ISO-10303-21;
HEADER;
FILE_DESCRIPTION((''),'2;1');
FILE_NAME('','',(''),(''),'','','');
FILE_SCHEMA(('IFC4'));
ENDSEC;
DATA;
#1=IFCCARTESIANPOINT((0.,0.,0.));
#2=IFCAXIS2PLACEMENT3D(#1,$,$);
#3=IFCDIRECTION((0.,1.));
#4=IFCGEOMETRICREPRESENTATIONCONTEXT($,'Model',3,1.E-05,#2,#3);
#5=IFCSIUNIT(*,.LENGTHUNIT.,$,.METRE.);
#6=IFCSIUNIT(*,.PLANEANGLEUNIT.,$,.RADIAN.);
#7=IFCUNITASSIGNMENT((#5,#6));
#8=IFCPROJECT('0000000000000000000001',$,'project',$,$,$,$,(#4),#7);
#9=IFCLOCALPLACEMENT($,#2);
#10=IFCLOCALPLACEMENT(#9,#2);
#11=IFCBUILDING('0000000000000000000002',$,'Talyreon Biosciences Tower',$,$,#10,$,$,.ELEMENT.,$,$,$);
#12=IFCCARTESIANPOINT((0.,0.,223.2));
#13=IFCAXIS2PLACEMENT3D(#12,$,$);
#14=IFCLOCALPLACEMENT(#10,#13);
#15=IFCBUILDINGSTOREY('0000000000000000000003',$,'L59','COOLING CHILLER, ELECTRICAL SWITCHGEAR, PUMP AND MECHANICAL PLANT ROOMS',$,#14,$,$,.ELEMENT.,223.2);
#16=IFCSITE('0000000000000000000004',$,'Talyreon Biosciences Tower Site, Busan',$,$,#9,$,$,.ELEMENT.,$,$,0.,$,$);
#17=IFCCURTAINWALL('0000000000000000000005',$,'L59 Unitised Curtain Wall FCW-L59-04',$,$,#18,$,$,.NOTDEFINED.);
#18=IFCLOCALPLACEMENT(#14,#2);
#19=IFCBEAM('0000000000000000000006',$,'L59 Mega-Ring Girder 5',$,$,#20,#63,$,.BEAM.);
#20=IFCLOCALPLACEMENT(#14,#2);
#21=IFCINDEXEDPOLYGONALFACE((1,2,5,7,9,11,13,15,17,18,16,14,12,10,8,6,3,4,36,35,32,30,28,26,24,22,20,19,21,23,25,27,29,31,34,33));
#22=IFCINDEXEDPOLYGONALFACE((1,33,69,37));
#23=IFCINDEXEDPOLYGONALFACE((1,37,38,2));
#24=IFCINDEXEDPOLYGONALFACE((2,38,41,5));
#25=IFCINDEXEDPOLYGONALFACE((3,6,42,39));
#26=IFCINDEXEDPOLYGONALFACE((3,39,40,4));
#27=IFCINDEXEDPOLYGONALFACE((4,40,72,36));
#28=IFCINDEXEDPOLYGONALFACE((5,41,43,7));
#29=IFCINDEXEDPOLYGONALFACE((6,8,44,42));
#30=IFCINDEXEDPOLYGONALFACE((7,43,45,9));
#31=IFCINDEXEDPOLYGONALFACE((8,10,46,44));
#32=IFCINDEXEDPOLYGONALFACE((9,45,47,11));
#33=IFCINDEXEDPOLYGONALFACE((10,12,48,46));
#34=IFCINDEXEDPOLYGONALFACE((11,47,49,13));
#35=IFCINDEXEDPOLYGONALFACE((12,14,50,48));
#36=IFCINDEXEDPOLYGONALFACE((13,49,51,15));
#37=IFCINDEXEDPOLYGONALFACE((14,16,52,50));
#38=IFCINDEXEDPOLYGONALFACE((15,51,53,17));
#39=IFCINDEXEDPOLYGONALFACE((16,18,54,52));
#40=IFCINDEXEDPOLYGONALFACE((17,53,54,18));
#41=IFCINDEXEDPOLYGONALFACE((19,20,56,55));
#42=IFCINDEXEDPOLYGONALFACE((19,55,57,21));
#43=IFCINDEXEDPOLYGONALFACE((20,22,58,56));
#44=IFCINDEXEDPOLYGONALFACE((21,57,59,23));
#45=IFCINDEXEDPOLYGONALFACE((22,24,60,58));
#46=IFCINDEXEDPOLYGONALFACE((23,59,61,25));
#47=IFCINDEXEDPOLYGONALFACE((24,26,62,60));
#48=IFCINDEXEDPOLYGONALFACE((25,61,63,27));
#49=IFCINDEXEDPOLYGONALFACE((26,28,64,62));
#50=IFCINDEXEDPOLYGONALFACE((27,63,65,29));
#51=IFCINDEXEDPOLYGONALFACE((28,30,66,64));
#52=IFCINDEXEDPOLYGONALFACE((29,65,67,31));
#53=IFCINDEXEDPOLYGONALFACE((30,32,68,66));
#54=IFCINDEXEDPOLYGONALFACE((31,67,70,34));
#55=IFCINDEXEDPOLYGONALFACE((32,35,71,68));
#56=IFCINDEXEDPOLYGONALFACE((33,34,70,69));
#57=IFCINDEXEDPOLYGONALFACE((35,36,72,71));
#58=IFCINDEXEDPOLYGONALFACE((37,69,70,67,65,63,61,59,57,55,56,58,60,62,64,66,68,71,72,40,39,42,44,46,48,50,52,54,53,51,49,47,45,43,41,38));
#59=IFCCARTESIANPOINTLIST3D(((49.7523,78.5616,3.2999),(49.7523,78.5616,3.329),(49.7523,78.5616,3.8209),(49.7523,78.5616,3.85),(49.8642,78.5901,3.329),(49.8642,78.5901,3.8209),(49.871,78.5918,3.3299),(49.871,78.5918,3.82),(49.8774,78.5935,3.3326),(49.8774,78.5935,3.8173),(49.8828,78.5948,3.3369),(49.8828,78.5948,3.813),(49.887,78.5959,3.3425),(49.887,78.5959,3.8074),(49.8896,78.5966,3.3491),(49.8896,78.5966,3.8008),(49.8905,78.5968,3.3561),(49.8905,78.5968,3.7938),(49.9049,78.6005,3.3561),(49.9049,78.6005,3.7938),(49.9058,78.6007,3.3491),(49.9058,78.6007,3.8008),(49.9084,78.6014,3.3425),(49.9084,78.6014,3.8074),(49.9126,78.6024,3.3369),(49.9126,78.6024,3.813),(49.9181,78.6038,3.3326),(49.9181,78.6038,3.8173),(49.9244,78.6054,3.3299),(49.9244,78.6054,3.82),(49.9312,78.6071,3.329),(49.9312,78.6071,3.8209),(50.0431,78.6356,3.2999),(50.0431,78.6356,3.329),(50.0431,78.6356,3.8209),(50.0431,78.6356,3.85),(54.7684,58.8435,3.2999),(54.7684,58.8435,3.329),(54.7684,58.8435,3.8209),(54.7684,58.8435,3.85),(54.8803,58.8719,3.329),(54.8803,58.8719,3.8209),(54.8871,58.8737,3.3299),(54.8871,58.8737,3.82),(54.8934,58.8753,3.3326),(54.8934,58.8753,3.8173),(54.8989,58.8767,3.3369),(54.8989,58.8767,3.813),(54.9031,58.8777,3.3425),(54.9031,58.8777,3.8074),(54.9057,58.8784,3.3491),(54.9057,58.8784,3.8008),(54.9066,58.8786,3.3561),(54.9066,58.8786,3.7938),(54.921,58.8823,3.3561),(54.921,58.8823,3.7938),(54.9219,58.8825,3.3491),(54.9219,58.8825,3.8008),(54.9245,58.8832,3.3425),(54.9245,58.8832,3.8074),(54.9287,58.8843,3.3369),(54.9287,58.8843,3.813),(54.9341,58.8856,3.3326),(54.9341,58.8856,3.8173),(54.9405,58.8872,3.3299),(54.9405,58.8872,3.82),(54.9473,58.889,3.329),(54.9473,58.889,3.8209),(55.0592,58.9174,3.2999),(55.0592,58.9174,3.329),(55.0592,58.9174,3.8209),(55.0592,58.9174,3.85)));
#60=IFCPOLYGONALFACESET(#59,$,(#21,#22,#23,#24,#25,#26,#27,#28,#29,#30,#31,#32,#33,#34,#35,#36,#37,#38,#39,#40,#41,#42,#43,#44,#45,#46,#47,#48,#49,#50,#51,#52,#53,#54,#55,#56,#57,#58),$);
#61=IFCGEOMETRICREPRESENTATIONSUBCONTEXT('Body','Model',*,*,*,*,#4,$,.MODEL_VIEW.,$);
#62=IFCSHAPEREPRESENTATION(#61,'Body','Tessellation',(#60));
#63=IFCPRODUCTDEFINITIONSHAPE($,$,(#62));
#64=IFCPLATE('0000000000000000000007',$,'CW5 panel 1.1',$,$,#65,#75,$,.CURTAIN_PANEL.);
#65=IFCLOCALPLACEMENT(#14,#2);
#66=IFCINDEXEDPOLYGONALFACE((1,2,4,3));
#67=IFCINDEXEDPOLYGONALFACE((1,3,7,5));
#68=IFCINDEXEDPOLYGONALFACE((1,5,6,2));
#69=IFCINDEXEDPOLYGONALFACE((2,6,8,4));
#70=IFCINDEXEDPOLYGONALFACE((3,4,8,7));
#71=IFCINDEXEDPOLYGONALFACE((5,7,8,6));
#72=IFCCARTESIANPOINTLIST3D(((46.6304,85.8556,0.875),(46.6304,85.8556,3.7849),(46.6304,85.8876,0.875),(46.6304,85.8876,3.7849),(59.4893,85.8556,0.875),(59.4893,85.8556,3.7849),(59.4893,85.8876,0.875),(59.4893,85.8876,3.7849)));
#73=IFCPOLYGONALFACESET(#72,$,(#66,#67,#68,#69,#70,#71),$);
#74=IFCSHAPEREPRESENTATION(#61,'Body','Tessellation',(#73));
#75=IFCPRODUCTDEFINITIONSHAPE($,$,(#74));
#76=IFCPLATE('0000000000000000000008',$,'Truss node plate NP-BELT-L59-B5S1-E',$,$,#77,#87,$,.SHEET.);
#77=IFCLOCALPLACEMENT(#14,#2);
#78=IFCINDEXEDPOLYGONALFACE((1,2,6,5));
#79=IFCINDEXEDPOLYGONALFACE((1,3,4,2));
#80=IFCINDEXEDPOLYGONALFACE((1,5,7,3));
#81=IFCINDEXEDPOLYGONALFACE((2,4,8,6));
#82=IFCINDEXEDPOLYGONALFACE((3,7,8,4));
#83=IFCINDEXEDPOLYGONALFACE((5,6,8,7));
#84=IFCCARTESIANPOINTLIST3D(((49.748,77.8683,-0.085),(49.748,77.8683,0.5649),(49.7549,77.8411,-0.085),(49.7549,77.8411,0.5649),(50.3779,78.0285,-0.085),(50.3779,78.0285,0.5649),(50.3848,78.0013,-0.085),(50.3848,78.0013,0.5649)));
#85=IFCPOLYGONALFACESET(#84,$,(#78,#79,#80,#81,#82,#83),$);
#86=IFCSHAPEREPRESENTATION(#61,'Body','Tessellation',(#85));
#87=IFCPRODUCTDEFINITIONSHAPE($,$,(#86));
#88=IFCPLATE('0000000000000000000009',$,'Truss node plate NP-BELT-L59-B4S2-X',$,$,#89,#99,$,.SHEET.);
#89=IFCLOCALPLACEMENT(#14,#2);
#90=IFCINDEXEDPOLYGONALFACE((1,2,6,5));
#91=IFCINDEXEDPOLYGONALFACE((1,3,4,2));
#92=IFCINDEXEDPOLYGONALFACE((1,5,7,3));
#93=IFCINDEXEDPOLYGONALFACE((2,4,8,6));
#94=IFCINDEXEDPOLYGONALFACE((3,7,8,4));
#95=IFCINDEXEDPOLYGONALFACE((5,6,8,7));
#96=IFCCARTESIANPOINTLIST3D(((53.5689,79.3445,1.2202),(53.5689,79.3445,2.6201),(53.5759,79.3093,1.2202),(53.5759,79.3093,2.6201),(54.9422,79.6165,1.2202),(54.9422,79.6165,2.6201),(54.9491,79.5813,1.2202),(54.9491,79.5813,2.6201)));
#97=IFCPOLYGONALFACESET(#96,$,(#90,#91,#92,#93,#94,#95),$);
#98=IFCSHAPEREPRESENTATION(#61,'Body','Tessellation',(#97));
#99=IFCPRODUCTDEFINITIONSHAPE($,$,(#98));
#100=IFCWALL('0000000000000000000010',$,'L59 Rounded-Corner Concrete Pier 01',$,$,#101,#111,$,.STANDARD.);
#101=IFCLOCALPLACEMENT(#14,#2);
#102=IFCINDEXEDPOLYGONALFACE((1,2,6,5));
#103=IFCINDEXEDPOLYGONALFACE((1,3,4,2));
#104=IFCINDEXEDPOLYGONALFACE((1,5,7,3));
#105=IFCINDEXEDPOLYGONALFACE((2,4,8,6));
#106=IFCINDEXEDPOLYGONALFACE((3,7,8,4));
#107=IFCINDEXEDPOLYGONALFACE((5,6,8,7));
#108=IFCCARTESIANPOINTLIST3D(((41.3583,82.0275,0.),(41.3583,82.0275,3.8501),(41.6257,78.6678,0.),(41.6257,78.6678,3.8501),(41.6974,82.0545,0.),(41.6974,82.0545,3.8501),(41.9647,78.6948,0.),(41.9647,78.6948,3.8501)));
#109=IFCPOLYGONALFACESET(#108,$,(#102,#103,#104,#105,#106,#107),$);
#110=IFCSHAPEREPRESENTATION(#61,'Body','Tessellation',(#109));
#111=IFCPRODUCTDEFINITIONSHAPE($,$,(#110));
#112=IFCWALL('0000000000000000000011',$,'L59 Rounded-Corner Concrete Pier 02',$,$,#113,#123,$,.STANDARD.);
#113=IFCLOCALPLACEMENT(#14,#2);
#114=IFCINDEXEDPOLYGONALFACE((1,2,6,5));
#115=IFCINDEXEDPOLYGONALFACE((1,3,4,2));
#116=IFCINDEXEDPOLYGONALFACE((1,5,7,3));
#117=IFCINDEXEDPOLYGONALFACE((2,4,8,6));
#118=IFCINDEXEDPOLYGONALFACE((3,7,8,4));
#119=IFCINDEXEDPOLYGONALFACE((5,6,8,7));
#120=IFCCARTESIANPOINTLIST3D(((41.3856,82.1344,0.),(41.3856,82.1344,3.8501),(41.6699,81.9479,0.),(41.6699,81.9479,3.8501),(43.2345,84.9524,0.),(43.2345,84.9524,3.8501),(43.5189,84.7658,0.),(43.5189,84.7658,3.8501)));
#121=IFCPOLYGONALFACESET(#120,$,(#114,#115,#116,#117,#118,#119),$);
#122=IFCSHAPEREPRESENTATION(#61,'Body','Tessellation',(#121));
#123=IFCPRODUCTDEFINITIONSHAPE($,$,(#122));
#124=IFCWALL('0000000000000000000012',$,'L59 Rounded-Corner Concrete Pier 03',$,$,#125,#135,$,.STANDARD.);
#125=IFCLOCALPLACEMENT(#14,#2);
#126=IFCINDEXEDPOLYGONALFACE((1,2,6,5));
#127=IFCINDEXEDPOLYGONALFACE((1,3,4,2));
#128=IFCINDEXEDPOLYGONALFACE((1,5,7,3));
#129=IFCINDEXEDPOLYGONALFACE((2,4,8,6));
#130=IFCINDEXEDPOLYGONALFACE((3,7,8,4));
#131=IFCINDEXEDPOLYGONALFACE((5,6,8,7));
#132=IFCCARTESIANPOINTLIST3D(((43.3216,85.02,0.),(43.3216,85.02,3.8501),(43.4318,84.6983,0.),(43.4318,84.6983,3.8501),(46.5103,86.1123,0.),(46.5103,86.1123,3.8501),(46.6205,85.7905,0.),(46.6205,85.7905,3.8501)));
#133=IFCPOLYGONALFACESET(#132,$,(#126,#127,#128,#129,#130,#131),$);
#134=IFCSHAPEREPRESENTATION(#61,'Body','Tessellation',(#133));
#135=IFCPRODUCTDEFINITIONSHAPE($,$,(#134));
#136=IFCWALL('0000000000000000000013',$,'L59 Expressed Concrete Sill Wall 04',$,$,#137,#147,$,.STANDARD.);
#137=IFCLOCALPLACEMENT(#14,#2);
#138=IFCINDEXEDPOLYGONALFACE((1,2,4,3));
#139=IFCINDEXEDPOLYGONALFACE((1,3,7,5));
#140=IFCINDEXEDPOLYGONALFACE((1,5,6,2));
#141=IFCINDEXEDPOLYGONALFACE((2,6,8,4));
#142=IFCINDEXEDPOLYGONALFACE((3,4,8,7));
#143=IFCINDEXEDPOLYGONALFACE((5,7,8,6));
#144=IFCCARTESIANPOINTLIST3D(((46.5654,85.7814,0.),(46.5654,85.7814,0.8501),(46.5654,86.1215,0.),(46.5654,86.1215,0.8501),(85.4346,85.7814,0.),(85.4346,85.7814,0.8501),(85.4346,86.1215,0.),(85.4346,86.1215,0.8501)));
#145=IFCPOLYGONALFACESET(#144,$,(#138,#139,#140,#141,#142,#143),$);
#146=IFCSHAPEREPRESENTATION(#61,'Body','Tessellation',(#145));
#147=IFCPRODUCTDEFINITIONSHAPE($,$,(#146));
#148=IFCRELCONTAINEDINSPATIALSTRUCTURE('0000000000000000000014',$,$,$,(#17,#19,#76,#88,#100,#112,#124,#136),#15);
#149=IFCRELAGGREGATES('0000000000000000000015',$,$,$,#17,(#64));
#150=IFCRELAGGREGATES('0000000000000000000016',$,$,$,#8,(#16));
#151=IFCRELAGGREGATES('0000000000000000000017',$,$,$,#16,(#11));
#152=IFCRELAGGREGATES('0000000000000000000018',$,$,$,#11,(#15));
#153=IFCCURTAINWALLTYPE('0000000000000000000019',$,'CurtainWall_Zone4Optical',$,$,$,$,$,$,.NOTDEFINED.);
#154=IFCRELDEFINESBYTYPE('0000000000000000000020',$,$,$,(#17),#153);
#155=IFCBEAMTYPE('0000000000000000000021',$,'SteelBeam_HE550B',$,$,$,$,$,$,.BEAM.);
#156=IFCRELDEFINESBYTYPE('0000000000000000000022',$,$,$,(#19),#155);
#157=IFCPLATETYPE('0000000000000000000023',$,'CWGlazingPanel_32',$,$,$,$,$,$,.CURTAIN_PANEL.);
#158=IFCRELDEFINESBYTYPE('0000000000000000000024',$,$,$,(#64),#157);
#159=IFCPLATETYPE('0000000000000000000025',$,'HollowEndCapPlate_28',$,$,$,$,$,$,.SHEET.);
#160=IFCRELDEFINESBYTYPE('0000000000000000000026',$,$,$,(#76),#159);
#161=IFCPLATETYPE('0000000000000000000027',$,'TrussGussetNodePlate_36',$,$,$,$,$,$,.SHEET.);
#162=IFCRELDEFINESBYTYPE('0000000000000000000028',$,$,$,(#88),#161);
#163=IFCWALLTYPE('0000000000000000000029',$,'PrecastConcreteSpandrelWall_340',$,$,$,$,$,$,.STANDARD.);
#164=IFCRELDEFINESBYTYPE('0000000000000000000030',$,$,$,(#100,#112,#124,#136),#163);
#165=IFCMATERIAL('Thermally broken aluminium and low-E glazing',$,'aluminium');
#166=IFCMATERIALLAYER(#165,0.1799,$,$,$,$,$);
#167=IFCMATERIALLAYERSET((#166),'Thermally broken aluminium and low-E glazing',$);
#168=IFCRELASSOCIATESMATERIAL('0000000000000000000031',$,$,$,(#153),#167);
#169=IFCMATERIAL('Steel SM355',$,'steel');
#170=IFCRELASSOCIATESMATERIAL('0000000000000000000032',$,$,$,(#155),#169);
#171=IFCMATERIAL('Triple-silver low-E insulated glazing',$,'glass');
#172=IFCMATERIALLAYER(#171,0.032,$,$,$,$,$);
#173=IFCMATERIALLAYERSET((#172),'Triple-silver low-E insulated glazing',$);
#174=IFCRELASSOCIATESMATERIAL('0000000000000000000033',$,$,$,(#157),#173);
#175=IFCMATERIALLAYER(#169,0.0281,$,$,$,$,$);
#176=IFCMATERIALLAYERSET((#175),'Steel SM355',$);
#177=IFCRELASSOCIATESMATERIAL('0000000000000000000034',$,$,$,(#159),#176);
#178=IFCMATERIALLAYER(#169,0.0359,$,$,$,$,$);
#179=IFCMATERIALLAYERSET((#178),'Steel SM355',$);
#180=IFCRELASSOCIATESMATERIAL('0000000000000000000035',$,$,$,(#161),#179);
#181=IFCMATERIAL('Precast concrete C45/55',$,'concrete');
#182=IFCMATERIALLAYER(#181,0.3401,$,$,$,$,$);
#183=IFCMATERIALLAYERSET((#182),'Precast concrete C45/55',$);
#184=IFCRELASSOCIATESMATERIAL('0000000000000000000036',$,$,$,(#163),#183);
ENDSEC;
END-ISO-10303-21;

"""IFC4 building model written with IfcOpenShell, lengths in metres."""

from ifc_helpers import new_model, si_unit, direction, frame, frame_2d, origin, origin_2d, place, context, subcontext, project, spatial, rectangle, i_section, extrude, material, layer, layer_set, material_profile, profile_set, type_object, element, aggregate, save


model = new_model("IFC4")

# Units and contexts
model_context = context("Model", 3, precision=1e-05, world=origin(), true_north=direction((0.0, 1.0)))
body_context = subcontext(model_context, "Body", "Model", "MODEL_VIEW")
ifc_project = project(units=[si_unit("LENGTHUNIT", "METRE"), si_unit("PLANEANGLEUNIT", "RADIAN")], contexts=[model_context])

# Site, building, storey
site_placement = place(None, origin())
site = spatial("IfcSite", under=ifc_project, at=site_placement, Name="Talyreon Biosciences Tower Site, Busan", CompositionType="ELEMENT", RefElevation=0.0)
building_placement = place(site_placement, origin())
building = spatial("IfcBuilding", under=site, at=building_placement, Name="Talyreon Biosciences Tower", CompositionType="ELEMENT")
storey_placement = place(building_placement, frame((0.0, 0.0, 223.2)))
storey = spatial("IfcBuildingStorey", under=building, at=storey_placement, Name="L59", Description="COOLING CHILLER, ELECTRICAL SWITCHGEAR, PUMP AND MECHANICAL PLANT ROOMS", CompositionType="ELEMENT", Elevation=223.2)

# Shared definitions
ifc_material_1 = material(Name="Steel SM355", Category="steel")

# Shared definitions
ifc_material_2 = material(Name="Thermally broken aluminium and low-E glazing", Category="aluminium")
ifc_layer_1 = layer(ifc_material_2, 0.1799)
ifc_layer_set_1 = layer_set([ifc_layer_1], Name="Thermally broken aluminium and low-E glazing")
curtain_wall_type = type_object("IfcCurtainWallType", Name="CurtainWall_Zone4Optical", PredefinedType="NOTDEFINED", material=ifc_layer_set_1)

# Curtain wall
curtain_wall_1_placement = place(storey_placement, origin())
curtain_wall_1 = element("IfcCurtainWall", 1, at=curtain_wall_1_placement, inside=storey, type_object=curtain_wall_type, Name="L59 Unitised Curtain Wall FCW-L59-04", PredefinedType="NOTDEFINED")

# Shared definitions
ifc_material_3 = material(Name="Precast concrete C45/55", Category="concrete")

# Beam
ifc_material_profile_1 = material_profile(ifc_material_1, i_section(OverallWidth=0.3, OverallDepth=0.55, WebThickness=0.0149, FlangeThickness=0.0291, FilletRadius=0.0271, at=origin_2d()), Name="HE550B")
ifc_profile_set_1 = profile_set([ifc_material_profile_1], Name="Steel SM355")
beam_type_1 = type_object("IfcBeamType", Name="SteelBeam_HE550B", PredefinedType="BEAM", material=ifc_profile_set_1)
beam_1_placement = place(storey_placement, frame((49.8977, 78.5986, 3.575), z_axis=(0.246537, -0.969133, 0.0), x_axis=(0.969133, 0.246537, 0.0)))
element("IfcBeam", 2, at=beam_1_placement, inside=storey, type_object=beam_type_1, Name="L59 Mega-Ring Girder 5", PredefinedType="BEAM", context=body_context, shape_type="SweptSolid", body=[
    extrude(i_section(OverallWidth=0.3, OverallDepth=0.55, WebThickness=0.0149, FlangeThickness=0.0291, FilletRadius=0.0271, at=origin_2d()), origin(), (0.0, 0.0, 1.0), 20.3462),
])

# Plate
ifc_material_4 = material(Name="Triple-silver low-E insulated glazing", Category="glass")
ifc_layer_2 = layer(ifc_material_4, 0.032)
ifc_layer_set_2 = layer_set([ifc_layer_2], Name="Triple-silver low-E insulated glazing")
plate_type_1 = type_object("IfcPlateType", Name="CWGlazingPanel_32", PredefinedType="CURTAIN_PANEL", material=ifc_layer_set_2)
plate_1_placement = place(storey_placement, frame((53.0598, 85.8716, 0.875), z_axis=(0.0, 0.0, 1.0), x_axis=(1.0, 0.0, 0.0)))
plate_1 = element("IfcPlate", 3, at=plate_1_placement, type_object=plate_type_1, Name="CW5 panel 1.1", PredefinedType="CURTAIN_PANEL", context=body_context, shape_type="SweptSolid", body=[
    extrude(rectangle(XDim=12.8589, YDim=0.032, at=origin_2d()), origin(), (0.0, 0.0, 1.0), 2.9099),
])
aggregate(curtain_wall_1, [plate_1])

# Plates
ifc_layer_3 = layer(ifc_material_1, 0.0281)
ifc_layer_set_3 = layer_set([ifc_layer_3], Name="Steel SM355")
plate_type_2 = type_object("IfcPlateType", Name="HollowEndCapPlate_28", PredefinedType="SHEET", material=ifc_layer_set_3)
plate_2_placement = place(storey_placement, frame((50.0664, 77.9348, -0.085), z_axis=(0.0, 0.0, 1.0), x_axis=(0.969132, 0.246542, 0.0)))
element("IfcPlate", 4, at=plate_2_placement, inside=storey, type_object=plate_type_2, Name="Truss node plate NP-BELT-L59-B5S1-E", PredefinedType="SHEET", context=body_context, shape_type="SweptSolid", body=[
    extrude(rectangle(XDim=0.6499, YDim=0.0281, at=origin_2d()), origin(), (0.0, 0.0, 1.0), 0.6499),
])
ifc_layer_4 = layer(ifc_material_1, 0.0359)
ifc_layer_set_4 = layer_set([ifc_layer_4], Name="Steel SM355")
plate_type_3 = type_object("IfcPlateType", Name="TrussGussetNodePlate_36", PredefinedType="SHEET", material=ifc_layer_set_4)
plate_3_placement = place(storey_placement, frame((54.259, 79.4629, 1.2202), z_axis=(0.0, 0.0, 1.0), x_axis=(-0.980935, -0.194337, 0.0)))
element("IfcPlate", 5, at=plate_3_placement, inside=storey, type_object=plate_type_3, Name="Truss node plate NP-BELT-L59-B4S2-X", PredefinedType="SHEET", context=body_context, shape_type="SweptSolid", body=[
    extrude(rectangle(XDim=1.3999, YDim=0.0359, at=origin_2d()), origin(), (0.0, 0.0, 1.0), 1.3999),
])

# Walls
ifc_layer_5 = layer(ifc_material_3, 0.3401)
ifc_layer_set_5 = layer_set([ifc_layer_5], Name="Precast concrete C45/55")
wall_type = type_object("IfcWallType", Name="PrecastConcreteSpandrelWall_340", PredefinedType="STANDARD", material=ifc_layer_set_5)
for number, where, z_axis, x_axis, name in (
    (6, (41.7952, 78.6814, 0.0), (0.0, 0.0, 1.0), (-0.079316, 0.99685, 0.0), "L59 Rounded-Corner Concrete Pier 01"),
    (7, (41.5278, 82.0413, 0.0), (0.0, 0.0, 1.0), (0.548584, 0.836096, 0.0), "L59 Rounded-Corner Concrete Pier 02"),
):
    element("IfcWall", number, at=place(storey_placement, frame(where, z_axis=z_axis, x_axis=x_axis)), inside=storey, type_object=wall_type, Name=name, PredefinedType="STANDARD", context=body_context, shape_type="SweptSolid", body=[
        extrude(rectangle(XDim=3.3704, YDim=0.3401, at=frame_2d((1.6851, 0.0))), origin(), (0.0, 0.0, 1.0), 3.8501),
    ])
wall_1_placement = place(storey_placement, frame((43.3767, 84.8591, 0.0), z_axis=(0.0, 0.0, 1.0), x_axis=(0.946036, 0.324061, 0.0)))
element("IfcWall", 8, at=wall_1_placement, inside=storey, type_object=wall_type, Name="L59 Rounded-Corner Concrete Pier 03", PredefinedType="STANDARD", context=body_context, shape_type="SweptSolid", body=[
    extrude(rectangle(XDim=3.3706, YDim=0.3401, at=frame_2d((1.6853, 0.0))), origin(), (0.0, 0.0, 1.0), 3.8501),
])
wall_2_placement = place(storey_placement, frame((46.5654, 85.9514, 0.0), z_axis=(0.0, 0.0, 1.0), x_axis=(1.0, 0.0, 0.0)))
element("IfcWall", 9, at=wall_2_placement, inside=storey, type_object=wall_type, Name="L59 Expressed Concrete Sill Wall 04", PredefinedType="STANDARD", context=body_context, shape_type="SweptSolid", body=[
    extrude(rectangle(XDim=38.8691, YDim=0.3401, at=frame_2d((19.4346, 0.0))), origin(), (0.0, 0.0, 1.0), 0.8501),
])

save(model, "model.ifc")
